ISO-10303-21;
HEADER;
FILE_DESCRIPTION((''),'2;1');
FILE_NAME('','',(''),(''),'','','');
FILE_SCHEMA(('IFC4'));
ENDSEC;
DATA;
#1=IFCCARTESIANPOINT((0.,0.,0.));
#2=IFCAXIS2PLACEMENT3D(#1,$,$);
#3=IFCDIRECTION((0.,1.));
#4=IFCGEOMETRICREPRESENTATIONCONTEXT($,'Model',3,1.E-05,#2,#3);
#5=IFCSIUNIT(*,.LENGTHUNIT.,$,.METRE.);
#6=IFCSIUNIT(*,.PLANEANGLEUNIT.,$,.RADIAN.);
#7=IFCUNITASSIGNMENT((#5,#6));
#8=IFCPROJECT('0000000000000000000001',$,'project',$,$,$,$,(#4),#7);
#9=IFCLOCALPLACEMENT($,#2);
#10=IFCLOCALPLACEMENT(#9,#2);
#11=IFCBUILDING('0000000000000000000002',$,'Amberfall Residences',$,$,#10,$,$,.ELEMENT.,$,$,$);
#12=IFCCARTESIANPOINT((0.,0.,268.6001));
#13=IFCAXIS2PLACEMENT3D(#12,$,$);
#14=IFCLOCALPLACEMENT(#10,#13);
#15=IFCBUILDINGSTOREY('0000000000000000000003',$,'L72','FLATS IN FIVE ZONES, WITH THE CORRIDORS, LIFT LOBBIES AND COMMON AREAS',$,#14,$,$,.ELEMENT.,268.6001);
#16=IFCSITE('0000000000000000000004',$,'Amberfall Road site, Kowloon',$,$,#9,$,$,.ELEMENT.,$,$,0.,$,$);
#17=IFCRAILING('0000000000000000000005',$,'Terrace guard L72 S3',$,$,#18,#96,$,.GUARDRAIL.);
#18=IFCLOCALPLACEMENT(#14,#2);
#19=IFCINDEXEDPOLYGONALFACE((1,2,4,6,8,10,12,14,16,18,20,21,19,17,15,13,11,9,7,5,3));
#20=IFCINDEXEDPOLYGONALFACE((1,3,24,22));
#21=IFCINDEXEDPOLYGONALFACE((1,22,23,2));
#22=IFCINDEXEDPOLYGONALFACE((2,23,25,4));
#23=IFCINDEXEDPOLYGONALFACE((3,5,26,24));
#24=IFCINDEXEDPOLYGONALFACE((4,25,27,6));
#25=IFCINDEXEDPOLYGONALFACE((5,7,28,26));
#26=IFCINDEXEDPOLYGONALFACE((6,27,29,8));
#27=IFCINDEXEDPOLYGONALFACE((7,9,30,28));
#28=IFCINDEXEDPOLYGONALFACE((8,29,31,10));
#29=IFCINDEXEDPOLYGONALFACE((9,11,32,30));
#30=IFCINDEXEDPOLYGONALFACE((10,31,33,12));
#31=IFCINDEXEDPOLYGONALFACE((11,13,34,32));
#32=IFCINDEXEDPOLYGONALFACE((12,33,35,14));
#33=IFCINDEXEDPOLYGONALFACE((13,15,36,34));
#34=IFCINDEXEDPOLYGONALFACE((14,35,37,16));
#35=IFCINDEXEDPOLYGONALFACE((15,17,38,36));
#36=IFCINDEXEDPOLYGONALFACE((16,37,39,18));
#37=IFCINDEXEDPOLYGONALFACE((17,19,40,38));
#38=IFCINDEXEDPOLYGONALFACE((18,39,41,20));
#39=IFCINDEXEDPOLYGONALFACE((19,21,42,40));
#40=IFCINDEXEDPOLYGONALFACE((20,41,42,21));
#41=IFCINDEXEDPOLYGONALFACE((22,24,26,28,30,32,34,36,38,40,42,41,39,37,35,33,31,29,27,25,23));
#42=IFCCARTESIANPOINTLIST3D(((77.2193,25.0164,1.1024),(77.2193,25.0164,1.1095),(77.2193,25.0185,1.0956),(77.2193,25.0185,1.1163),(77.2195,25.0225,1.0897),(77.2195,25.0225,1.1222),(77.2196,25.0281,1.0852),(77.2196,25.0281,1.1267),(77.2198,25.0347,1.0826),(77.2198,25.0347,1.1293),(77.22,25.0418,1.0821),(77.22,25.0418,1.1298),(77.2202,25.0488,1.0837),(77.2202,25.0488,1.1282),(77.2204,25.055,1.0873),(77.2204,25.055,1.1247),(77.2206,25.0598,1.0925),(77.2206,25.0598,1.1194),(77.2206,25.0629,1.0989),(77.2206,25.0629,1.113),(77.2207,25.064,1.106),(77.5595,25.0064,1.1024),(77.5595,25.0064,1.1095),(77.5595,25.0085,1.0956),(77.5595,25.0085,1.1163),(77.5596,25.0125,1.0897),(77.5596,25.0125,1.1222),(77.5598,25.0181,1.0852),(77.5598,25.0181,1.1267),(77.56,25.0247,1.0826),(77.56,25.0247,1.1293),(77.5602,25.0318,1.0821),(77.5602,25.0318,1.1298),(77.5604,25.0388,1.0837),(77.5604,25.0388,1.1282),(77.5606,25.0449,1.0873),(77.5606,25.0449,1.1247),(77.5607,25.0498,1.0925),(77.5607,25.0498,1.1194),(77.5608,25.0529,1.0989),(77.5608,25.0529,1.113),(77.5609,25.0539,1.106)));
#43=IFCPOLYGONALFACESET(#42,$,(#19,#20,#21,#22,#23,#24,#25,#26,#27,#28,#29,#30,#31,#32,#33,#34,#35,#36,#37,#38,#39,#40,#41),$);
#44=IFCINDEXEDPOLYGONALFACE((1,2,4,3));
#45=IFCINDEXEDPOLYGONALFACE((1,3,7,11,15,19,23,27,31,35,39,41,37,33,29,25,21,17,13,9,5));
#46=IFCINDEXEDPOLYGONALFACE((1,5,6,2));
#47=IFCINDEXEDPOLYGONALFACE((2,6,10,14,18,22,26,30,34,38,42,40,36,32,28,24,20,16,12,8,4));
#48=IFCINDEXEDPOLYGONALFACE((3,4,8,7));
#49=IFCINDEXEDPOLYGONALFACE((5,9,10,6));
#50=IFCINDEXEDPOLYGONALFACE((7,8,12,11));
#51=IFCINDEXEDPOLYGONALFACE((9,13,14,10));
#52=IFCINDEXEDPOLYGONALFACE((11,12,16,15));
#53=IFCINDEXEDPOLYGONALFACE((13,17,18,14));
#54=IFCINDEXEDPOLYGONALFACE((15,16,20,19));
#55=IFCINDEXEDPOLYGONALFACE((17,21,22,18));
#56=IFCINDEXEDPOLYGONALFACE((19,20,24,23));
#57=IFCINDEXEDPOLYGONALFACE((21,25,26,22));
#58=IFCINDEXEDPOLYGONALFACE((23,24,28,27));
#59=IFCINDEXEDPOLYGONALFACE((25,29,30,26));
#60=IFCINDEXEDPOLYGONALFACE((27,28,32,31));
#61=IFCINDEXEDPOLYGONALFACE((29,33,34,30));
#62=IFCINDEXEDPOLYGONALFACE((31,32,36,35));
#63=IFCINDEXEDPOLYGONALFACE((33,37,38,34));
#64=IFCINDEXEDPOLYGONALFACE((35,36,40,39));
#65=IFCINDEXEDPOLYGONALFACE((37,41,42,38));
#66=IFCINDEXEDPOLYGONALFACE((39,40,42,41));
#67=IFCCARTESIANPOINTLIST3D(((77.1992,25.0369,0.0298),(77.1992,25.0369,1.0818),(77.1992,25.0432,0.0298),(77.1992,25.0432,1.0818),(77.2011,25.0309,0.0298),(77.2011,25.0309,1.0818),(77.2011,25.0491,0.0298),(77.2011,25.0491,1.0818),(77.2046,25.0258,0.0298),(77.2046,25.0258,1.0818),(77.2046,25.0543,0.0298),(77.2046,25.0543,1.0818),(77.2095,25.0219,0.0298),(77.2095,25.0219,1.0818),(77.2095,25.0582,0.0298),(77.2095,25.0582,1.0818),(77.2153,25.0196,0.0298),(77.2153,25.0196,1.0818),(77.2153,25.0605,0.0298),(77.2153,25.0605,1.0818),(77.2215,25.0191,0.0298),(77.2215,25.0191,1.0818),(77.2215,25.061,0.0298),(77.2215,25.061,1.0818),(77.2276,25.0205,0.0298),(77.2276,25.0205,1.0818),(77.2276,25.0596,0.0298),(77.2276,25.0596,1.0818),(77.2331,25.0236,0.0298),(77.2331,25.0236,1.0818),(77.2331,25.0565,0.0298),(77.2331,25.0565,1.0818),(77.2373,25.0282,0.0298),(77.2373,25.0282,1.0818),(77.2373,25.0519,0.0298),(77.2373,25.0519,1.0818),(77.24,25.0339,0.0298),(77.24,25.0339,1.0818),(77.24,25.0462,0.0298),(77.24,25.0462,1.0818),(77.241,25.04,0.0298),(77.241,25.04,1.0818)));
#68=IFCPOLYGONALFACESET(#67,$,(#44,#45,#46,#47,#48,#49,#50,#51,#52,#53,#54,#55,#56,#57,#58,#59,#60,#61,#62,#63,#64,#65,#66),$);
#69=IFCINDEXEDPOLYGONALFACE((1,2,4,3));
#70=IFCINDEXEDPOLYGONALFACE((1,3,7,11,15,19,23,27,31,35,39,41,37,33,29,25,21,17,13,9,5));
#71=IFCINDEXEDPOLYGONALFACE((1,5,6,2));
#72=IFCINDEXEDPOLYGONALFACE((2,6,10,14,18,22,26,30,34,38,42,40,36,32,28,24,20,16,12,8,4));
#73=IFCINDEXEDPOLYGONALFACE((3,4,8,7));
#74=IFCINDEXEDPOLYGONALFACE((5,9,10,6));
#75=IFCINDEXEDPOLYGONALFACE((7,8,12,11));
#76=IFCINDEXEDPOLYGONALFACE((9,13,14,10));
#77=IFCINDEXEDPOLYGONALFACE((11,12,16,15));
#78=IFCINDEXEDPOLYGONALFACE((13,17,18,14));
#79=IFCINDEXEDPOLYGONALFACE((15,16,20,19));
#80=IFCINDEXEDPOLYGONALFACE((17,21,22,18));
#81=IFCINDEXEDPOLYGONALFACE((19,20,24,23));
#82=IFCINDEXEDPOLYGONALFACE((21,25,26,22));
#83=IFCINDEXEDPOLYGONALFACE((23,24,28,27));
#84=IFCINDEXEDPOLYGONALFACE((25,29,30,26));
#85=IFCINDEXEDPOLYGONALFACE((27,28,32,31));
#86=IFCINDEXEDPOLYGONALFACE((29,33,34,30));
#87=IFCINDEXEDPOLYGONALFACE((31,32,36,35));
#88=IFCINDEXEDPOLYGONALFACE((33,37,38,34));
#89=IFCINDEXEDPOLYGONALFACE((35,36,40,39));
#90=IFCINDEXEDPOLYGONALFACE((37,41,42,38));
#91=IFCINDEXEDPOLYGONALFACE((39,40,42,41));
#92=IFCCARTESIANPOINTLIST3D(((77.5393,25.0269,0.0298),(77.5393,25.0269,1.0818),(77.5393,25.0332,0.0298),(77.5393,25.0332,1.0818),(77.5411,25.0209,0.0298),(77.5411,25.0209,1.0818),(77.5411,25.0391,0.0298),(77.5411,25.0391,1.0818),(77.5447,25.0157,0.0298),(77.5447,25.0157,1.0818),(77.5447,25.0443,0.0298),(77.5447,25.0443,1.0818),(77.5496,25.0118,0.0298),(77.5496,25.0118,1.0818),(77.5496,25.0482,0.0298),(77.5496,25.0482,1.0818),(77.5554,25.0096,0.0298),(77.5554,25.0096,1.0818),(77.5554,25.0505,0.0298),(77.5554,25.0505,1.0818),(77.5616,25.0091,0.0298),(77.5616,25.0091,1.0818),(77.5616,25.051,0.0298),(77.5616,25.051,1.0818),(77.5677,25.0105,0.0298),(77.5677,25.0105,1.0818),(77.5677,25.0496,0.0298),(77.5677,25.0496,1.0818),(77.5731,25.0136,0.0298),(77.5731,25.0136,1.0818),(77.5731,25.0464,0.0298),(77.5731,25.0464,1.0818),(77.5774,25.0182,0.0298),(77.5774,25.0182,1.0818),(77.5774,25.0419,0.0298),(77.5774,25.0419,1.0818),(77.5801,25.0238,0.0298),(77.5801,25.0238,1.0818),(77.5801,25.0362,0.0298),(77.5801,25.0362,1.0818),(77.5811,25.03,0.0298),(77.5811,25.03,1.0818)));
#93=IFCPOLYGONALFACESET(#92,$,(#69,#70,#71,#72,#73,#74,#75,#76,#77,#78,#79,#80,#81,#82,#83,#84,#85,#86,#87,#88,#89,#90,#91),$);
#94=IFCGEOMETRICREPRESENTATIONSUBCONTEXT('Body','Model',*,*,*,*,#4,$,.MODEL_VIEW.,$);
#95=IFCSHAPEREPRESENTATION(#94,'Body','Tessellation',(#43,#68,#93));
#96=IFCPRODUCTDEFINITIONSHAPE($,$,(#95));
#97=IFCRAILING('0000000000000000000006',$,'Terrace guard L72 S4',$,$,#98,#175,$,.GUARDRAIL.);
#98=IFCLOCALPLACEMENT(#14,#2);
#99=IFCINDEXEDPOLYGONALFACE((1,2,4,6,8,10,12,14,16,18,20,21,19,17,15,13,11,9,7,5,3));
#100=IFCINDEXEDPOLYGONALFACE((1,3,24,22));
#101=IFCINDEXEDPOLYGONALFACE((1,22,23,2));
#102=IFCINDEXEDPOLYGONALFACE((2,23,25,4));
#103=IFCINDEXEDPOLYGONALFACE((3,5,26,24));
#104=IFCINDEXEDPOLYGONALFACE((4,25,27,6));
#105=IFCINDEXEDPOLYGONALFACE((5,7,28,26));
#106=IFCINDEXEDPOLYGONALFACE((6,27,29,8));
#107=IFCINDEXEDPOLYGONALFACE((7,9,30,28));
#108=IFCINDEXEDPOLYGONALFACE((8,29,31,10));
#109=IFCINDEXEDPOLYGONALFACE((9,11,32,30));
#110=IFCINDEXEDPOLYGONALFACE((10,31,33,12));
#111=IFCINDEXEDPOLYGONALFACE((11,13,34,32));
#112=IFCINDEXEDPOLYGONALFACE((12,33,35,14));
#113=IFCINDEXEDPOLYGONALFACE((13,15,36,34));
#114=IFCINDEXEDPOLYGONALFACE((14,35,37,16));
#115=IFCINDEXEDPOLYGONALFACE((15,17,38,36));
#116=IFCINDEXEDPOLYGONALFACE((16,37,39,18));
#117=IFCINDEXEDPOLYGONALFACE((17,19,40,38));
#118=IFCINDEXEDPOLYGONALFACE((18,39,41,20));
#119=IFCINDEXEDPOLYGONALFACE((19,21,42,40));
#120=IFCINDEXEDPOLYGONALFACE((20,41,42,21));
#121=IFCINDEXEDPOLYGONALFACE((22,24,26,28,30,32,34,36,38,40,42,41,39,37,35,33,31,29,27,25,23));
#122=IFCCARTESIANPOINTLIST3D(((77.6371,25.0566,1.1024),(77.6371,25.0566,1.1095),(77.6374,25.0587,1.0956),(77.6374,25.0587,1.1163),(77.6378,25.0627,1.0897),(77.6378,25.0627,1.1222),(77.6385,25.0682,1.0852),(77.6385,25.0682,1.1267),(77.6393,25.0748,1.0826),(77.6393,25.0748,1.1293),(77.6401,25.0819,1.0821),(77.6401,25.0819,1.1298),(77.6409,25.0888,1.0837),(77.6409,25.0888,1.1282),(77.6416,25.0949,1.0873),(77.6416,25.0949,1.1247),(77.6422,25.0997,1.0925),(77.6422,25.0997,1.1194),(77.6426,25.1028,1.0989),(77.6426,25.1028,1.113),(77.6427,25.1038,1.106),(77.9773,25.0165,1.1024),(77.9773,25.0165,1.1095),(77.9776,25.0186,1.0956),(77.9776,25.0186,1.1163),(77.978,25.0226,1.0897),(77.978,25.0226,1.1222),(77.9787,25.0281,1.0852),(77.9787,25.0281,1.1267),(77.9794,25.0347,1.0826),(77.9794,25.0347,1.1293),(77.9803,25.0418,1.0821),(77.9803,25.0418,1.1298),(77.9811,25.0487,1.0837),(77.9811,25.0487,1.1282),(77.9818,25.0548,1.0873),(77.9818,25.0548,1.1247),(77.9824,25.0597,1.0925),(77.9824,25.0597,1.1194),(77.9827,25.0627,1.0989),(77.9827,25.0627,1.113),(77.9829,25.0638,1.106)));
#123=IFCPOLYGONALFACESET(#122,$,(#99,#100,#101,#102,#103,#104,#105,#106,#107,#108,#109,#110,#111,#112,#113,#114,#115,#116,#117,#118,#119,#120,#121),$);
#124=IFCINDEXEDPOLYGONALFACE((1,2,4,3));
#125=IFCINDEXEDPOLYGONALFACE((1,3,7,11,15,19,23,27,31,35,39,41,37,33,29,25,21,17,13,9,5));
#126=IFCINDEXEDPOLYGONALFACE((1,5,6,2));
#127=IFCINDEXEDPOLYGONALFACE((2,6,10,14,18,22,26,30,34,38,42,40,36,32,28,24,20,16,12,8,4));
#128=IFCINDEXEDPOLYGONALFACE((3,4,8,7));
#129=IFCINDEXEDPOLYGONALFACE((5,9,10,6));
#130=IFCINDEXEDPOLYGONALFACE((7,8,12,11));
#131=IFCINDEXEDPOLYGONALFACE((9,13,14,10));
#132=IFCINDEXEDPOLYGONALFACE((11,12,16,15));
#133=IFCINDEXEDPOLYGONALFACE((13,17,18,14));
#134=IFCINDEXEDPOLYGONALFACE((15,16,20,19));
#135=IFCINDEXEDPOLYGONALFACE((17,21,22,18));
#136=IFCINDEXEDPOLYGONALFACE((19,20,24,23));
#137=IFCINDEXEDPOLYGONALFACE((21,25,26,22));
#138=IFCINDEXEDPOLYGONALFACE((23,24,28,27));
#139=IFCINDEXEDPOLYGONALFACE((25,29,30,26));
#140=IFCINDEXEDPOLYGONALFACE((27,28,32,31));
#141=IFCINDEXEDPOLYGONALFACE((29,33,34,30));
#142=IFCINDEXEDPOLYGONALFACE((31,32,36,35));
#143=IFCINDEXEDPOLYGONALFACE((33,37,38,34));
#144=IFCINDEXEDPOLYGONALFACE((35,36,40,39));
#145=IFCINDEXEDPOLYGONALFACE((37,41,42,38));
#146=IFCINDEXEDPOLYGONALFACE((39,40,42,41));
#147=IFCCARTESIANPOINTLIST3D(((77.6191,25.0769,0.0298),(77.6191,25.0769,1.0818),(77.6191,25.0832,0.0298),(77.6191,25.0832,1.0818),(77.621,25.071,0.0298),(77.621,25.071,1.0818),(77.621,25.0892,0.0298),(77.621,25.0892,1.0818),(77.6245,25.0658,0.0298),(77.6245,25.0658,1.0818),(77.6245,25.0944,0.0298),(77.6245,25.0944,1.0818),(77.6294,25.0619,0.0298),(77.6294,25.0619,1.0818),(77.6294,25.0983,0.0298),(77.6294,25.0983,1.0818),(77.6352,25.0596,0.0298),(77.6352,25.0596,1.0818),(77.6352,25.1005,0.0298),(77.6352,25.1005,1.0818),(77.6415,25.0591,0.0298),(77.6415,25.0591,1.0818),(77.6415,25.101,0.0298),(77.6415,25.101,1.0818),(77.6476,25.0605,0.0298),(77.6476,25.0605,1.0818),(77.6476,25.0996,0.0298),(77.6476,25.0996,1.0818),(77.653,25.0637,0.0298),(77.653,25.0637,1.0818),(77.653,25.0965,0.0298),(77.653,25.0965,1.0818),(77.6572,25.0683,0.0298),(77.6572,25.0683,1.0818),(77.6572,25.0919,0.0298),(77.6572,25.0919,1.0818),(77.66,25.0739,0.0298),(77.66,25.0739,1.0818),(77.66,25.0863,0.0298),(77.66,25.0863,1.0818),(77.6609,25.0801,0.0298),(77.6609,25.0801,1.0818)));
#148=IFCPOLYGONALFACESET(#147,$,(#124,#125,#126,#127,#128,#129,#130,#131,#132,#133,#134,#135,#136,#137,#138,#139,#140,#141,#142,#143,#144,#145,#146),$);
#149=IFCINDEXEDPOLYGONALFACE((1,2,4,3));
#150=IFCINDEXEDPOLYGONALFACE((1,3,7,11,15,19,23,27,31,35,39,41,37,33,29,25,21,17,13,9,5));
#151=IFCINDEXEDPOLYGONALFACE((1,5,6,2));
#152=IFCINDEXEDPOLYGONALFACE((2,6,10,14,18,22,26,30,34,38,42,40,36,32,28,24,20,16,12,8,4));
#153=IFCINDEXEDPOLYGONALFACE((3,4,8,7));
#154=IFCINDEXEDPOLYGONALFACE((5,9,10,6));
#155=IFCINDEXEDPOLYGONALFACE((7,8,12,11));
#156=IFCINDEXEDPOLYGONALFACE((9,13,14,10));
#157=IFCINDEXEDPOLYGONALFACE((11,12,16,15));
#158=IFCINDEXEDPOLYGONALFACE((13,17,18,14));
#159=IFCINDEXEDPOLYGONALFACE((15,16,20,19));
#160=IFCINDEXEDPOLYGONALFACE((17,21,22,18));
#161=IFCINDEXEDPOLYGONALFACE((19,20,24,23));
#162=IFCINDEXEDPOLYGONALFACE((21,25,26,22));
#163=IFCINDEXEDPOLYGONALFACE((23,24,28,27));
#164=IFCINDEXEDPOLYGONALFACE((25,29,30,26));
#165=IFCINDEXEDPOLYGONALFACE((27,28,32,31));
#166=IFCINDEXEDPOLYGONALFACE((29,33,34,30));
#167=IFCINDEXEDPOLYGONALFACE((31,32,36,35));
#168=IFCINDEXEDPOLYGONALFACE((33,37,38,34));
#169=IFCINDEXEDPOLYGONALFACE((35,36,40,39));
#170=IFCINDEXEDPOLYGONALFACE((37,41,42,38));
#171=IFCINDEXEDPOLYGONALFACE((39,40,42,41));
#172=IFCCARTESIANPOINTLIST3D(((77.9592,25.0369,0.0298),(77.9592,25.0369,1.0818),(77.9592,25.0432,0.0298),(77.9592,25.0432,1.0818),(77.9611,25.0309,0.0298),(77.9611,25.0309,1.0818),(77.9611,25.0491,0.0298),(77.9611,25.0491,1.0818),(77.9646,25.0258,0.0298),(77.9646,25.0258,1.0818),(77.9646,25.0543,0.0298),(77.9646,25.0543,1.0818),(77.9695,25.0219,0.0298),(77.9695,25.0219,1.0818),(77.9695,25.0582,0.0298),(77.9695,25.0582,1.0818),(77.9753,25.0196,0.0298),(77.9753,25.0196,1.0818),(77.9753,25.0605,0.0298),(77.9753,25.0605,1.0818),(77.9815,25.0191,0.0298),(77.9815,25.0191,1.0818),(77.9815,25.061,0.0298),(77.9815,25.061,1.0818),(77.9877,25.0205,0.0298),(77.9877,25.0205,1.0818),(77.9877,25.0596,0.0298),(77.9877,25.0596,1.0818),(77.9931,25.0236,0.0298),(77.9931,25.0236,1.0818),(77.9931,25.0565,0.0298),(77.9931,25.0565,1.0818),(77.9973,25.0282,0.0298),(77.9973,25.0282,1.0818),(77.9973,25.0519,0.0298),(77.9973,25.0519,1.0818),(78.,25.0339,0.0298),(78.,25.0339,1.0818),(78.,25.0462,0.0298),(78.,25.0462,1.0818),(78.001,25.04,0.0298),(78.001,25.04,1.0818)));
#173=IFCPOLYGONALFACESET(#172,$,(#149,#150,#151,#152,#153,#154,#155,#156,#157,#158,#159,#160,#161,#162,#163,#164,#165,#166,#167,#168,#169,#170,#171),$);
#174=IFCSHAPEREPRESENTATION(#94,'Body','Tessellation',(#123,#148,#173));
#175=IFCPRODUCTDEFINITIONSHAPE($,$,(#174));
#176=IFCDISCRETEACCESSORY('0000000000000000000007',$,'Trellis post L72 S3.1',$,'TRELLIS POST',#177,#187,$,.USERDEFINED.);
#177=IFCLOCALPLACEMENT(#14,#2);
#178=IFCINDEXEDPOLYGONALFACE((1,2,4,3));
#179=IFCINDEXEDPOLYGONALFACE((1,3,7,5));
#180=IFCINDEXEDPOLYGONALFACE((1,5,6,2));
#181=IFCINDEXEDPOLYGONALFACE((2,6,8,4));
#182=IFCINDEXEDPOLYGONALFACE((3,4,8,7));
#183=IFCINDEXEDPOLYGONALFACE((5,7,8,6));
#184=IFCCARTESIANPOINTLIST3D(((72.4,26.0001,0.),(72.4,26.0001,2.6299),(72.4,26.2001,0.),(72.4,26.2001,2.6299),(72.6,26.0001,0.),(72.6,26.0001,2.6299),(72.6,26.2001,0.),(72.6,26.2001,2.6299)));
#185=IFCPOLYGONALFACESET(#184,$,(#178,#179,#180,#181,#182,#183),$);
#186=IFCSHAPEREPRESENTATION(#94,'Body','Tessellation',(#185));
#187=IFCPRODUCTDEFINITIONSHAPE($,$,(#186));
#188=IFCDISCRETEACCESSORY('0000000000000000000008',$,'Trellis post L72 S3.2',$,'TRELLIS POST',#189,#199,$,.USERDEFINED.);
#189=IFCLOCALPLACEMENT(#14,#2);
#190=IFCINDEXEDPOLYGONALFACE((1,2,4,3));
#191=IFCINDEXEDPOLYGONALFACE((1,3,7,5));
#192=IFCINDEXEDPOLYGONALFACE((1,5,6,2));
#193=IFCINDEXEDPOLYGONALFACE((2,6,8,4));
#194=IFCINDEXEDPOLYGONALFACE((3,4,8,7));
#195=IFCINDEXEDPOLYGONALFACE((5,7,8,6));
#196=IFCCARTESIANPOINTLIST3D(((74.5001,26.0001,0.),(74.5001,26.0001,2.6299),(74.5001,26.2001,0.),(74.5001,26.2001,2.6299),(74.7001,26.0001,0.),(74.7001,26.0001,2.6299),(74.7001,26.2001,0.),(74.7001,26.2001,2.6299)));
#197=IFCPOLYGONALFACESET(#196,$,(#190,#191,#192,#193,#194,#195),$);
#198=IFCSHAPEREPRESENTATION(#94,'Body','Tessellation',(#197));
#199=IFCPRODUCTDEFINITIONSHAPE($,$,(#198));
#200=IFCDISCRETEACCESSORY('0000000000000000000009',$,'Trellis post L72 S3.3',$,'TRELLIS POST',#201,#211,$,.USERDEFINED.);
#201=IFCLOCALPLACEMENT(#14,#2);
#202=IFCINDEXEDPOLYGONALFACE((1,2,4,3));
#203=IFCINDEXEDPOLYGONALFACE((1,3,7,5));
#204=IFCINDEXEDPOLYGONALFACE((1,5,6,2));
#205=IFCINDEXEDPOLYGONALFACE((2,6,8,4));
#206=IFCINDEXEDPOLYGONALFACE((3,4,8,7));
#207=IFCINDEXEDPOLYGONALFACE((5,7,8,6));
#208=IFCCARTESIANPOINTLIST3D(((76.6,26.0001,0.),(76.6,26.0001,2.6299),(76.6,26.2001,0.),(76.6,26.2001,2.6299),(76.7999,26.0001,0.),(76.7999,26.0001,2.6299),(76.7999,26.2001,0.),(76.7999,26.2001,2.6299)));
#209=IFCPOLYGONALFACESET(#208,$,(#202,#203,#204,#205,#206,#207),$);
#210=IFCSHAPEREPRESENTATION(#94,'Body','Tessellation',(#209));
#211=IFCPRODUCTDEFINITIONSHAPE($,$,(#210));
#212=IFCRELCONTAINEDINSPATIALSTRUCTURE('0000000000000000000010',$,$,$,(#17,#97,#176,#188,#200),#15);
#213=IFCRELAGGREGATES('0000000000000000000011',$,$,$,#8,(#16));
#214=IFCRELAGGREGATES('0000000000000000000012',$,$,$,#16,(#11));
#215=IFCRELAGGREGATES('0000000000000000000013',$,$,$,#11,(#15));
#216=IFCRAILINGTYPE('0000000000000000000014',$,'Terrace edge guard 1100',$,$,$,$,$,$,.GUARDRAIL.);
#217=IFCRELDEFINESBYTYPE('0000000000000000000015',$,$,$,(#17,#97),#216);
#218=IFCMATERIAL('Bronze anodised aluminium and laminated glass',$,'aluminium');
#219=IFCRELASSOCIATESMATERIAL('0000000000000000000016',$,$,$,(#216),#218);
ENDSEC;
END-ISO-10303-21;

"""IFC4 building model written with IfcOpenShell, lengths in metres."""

from ifc_helpers import new_model, si_unit, direction, frame, origin, origin_2d, place, context, subcontext, project, spatial, rectangle, circle, extrude, material, type_object, element, save


model = new_model("IFC4")

# Units and contexts
model_context = context("Model", 3, precision=1e-05, world=origin(), true_north=direction((0.0, 1.0)))
body_context = subcontext(model_context, "Body", "Model", "MODEL_VIEW")
ifc_project = project(units=[si_unit("LENGTHUNIT", "METRE"), si_unit("PLANEANGLEUNIT", "RADIAN")], contexts=[model_context])

# Site, building, storey
site_placement = place(None, origin())
site = spatial("IfcSite", under=ifc_project, at=site_placement, Name="Amberfall Road site, Kowloon", CompositionType="ELEMENT", RefElevation=0.0)
building_placement = place(site_placement, origin())
building = spatial("IfcBuilding", under=site, at=building_placement, Name="Amberfall Residences", CompositionType="ELEMENT")
storey_placement = place(building_placement, frame((0.0, 0.0, 268.6001)))
storey = spatial("IfcBuildingStorey", under=building, at=storey_placement, Name="L72", Description="FLATS IN FIVE ZONES, WITH THE CORRIDORS, LIFT LOBBIES AND COMMON AREAS", CompositionType="ELEMENT", Elevation=268.6001)

# Railings
ifc_material_1 = material(Name="Bronze anodised aluminium and laminated glass", Category="aluminium")
railing_type = type_object("IfcRailingType", Name="Terrace edge guard 1100", PredefinedType="GUARDRAIL", material=ifc_material_1)
railing_1_placement = place(storey_placement, frame((77.22, 25.04, 0.0298)))
element("IfcRailing", 1, at=railing_1_placement, inside=storey, type_object=railing_type, Name="Terrace guard L72 S3", PredefinedType="GUARDRAIL", context=body_context, shape_type="SweptSolid", body=[
    extrude(circle(Radius=0.0239, at=origin_2d()), frame((0.0, 0.0, 1.0762), z_axis=(0.999567, -0.02942, 0.0), x_axis=(0.02942, 0.999567, 0.0)), (0.0, 0.0, 1.0), 0.3403),
    extrude(circle(Radius=0.021, at=origin_2d()), origin(), (0.0, 0.0, 1.0), 1.052),
    extrude(circle(Radius=0.021, at=origin_2d()), frame((0.3401, -0.01, 0.0)), (0.0, 0.0, 1.0), 1.052),
])
railing_2_placement = place(storey_placement, frame((77.6399, 25.0801, 0.0298)))
element("IfcRailing", 2, at=railing_2_placement, inside=storey, type_object=railing_type, Name="Terrace guard L72 S4", PredefinedType="GUARDRAIL", context=body_context, shape_type="SweptSolid", body=[
    extrude(circle(Radius=0.0239, at=origin_2d()), frame((0.0, 0.0, 1.0762), z_axis=(0.993141, -0.116924, 0.0), x_axis=(0.116924, 0.993141, 0.0)), (0.0, 0.0, 1.0), 0.3425),
    extrude(circle(Radius=0.021, at=origin_2d()), origin(), (0.0, 0.0, 1.0), 1.052),
    extrude(circle(Radius=0.021, at=origin_2d()), frame((0.3401, -0.04, 0.0)), (0.0, 0.0, 1.0), 1.052),
])

# Discrete accessories
for number, where, z_axis, x_axis, name in (
    (3, (72.5, 26.1001, 0.0), (0.0, 0.0, 1.0), (1.0, 0.0, 0.0), "Trellis post L72 S3.1"),
    (4, (74.6001, 26.1001, 0.0), (0.0, 0.0, 1.0), (1.0, 0.0, 0.0), "Trellis post L72 S3.2"),
    (5, (76.7, 26.1001, 0.0), (0.0, 0.0, 1.0), (1.0, 0.0, 0.0), "Trellis post L72 S3.3"),
):
    element("IfcDiscreteAccessory", number, at=place(storey_placement, frame(where, z_axis=z_axis, x_axis=x_axis)), inside=storey, Name=name, ObjectType="TRELLIS POST", PredefinedType="USERDEFINED", context=body_context, shape_type="SweptSolid", body=[
        extrude(rectangle(XDim=0.2, YDim=0.2, at=origin_2d()), origin(), (0.0, 0.0, 1.0), 2.6299),
    ])

save(model, "model.ifc")
